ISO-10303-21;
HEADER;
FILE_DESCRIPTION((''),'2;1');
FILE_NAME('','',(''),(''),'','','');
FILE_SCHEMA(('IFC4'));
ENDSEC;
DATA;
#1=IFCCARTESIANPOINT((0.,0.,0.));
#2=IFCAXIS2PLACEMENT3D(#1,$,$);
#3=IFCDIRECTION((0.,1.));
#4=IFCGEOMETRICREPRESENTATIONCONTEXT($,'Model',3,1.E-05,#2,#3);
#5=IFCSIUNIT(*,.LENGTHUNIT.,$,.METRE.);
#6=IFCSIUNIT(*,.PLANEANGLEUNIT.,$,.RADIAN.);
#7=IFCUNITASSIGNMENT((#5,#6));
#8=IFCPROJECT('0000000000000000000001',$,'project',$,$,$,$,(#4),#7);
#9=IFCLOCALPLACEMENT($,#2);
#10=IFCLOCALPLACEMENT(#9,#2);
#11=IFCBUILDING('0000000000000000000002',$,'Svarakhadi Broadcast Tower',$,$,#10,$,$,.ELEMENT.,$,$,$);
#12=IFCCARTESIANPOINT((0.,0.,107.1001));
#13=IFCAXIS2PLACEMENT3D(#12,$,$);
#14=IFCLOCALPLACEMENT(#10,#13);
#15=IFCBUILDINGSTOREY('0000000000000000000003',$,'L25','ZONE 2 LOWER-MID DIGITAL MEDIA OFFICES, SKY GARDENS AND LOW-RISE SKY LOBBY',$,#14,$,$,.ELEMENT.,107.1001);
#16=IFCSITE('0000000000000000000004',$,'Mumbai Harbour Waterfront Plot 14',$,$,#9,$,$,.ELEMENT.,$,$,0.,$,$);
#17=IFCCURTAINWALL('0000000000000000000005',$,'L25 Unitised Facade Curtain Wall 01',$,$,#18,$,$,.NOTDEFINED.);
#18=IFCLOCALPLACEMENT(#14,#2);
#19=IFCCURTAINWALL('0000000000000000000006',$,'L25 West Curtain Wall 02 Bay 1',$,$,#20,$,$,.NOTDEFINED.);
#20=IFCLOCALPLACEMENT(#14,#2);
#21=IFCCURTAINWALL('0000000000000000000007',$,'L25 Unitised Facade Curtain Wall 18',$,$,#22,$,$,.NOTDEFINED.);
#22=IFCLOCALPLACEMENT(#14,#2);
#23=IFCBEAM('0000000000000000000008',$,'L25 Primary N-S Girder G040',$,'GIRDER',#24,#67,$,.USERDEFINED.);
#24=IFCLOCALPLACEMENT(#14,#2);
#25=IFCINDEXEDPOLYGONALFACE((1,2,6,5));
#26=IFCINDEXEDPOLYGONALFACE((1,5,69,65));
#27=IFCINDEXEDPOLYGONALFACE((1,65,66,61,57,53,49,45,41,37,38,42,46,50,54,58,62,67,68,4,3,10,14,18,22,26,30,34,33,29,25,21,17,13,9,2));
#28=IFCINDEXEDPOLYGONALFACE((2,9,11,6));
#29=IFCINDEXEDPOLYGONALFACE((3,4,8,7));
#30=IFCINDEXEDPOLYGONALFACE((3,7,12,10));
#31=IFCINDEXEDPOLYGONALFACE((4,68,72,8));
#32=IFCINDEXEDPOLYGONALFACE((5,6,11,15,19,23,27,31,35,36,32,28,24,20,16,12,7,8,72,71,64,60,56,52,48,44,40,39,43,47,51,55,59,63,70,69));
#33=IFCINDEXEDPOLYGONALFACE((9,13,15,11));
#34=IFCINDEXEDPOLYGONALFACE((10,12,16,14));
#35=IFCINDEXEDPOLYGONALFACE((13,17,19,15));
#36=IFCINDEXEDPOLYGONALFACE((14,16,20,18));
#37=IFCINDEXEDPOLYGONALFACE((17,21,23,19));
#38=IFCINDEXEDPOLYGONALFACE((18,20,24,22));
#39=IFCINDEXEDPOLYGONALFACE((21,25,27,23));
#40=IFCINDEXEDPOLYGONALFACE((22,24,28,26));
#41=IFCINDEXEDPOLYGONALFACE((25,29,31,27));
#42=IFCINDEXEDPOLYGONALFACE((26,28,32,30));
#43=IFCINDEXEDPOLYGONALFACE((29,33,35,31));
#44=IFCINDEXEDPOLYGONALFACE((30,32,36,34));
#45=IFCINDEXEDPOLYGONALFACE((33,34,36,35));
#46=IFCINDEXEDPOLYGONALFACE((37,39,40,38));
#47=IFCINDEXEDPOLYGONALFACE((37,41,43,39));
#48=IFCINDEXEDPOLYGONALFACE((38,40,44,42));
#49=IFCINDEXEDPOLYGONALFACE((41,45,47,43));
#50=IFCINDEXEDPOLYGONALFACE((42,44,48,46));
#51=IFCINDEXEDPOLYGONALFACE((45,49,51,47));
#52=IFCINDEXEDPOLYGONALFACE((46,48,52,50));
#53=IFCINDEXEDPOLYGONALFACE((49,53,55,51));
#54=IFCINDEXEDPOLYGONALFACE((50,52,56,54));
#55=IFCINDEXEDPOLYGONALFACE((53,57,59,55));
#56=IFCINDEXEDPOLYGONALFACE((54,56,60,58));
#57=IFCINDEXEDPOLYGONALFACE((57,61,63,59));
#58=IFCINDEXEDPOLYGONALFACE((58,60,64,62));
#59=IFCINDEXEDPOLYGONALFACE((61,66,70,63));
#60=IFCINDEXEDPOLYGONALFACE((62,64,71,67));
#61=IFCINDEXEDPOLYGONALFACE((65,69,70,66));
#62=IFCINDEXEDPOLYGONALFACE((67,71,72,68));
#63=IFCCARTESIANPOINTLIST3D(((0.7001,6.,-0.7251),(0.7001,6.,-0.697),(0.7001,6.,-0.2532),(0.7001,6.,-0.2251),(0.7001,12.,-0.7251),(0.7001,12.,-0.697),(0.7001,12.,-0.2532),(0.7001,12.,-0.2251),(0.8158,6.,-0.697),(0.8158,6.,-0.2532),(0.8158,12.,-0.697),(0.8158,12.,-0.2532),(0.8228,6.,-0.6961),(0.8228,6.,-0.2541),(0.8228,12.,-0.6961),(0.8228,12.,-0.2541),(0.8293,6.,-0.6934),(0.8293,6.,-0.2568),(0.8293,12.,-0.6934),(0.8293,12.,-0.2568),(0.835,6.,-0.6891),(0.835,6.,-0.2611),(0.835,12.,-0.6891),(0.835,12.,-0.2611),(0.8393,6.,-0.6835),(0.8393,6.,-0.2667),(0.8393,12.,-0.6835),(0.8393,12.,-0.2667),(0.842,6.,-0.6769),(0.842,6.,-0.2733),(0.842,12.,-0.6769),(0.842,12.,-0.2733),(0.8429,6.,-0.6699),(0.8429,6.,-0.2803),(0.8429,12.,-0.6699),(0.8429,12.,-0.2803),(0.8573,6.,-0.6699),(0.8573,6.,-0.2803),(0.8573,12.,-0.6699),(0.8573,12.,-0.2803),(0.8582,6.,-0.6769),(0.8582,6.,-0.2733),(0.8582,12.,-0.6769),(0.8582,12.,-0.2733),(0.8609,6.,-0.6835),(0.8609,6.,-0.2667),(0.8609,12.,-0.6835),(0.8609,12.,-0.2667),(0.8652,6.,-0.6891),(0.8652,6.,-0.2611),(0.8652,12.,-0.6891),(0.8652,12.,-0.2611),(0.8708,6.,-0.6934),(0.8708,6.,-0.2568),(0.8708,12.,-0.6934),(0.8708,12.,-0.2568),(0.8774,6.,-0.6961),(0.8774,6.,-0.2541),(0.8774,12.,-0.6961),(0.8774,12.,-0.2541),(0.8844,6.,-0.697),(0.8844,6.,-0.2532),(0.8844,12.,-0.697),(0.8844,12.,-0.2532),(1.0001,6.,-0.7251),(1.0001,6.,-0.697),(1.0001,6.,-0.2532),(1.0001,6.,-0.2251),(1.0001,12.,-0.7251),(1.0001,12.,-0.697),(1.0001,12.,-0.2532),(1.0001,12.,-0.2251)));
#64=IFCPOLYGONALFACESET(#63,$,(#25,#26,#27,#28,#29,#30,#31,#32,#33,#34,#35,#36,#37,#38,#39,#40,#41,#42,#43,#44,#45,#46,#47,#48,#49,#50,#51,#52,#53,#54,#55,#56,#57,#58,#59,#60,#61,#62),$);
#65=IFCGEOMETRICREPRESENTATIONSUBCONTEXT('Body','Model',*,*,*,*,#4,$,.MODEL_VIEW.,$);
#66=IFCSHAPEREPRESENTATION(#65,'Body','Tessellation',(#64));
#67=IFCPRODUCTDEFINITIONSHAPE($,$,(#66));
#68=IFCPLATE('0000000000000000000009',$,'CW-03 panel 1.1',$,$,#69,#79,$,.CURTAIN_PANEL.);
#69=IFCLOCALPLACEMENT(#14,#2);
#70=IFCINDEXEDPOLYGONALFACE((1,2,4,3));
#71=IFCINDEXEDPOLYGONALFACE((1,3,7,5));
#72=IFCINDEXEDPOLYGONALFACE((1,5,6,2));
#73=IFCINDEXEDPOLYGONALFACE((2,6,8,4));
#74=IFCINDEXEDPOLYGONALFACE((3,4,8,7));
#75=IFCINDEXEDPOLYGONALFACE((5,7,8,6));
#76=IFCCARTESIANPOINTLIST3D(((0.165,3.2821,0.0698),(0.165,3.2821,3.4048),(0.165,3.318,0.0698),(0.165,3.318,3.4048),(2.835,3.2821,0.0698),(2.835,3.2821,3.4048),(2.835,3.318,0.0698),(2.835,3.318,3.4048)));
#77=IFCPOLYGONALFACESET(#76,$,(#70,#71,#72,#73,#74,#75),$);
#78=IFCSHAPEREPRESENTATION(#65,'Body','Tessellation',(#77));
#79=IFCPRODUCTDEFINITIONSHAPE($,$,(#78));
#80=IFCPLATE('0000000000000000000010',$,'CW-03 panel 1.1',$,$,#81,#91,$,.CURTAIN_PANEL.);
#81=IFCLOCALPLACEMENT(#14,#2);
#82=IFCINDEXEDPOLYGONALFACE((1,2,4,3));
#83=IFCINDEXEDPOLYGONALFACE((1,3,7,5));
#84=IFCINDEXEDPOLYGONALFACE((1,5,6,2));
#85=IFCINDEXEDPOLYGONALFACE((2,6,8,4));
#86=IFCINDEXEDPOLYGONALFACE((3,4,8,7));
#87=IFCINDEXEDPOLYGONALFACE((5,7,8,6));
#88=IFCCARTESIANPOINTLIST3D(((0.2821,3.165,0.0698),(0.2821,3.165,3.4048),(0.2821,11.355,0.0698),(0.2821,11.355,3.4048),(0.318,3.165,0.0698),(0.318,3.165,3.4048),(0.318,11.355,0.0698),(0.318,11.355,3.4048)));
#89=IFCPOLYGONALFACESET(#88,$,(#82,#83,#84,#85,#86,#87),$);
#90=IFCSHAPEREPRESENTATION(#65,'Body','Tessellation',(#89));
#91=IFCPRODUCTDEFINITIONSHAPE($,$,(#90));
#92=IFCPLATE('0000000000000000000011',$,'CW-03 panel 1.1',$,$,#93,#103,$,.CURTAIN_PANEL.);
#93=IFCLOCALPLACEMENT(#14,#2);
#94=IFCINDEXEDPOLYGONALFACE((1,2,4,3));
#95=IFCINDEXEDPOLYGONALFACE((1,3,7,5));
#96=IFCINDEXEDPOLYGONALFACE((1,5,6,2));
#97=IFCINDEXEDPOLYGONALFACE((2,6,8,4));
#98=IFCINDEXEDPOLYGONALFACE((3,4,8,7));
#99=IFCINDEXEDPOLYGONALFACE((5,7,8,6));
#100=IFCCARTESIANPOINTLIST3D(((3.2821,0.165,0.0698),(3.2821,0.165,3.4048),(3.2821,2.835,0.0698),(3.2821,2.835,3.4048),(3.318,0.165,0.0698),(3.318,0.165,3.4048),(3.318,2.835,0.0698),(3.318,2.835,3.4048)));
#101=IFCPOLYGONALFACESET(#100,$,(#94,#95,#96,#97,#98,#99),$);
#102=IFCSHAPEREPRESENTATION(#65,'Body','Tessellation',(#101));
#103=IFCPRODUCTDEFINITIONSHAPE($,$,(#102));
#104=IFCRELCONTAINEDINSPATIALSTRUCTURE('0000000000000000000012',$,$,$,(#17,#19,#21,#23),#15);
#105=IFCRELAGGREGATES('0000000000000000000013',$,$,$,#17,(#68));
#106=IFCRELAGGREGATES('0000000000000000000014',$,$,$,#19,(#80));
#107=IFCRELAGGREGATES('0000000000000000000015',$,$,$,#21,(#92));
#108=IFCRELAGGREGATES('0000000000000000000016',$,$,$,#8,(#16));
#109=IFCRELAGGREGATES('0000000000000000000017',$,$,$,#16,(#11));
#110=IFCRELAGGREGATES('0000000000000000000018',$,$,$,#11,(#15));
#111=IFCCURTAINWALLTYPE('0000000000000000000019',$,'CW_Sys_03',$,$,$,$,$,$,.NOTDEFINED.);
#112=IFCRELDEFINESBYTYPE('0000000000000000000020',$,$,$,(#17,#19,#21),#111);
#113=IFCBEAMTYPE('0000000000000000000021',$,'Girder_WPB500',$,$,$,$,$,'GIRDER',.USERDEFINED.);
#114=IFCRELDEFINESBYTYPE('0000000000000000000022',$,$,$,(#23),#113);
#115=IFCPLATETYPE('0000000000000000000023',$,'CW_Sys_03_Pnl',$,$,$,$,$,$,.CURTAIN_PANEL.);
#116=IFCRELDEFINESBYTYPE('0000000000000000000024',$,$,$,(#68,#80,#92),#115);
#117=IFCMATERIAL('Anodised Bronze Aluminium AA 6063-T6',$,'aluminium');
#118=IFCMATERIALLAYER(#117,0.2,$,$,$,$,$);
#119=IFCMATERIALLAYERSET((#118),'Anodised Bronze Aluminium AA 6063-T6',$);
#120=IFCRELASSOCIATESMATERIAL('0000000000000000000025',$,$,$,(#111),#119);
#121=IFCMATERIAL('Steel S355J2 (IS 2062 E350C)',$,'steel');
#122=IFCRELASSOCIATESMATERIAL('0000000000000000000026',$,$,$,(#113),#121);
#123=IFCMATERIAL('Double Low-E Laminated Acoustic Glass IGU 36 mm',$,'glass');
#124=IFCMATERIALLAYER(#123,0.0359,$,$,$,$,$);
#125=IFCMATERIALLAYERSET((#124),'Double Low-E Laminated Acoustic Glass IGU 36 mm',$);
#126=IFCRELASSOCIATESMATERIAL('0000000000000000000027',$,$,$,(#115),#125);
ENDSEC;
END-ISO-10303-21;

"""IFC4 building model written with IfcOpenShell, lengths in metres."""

from ifc_helpers import new_model, si_unit, direction, frame, origin, origin_2d, place, context, subcontext, project, spatial, rectangle, i_section, extrude, material, layer, layer_set, material_profile, profile_set, type_object, element, aggregate, save


model = new_model("IFC4")

# Units and contexts
model_context = context("Model", 3, precision=1e-05, world=origin(), true_north=direction((0.0, 1.0)))
body_context = subcontext(model_context, "Body", "Model", "MODEL_VIEW")
ifc_project = project(units=[si_unit("LENGTHUNIT", "METRE"), si_unit("PLANEANGLEUNIT", "RADIAN")], contexts=[model_context])

# Site, building, storey
site_placement = place(None, origin())
site = spatial("IfcSite", under=ifc_project, at=site_placement, Name="Mumbai Harbour Waterfront Plot 14", CompositionType="ELEMENT", RefElevation=0.0)
building_placement = place(site_placement, origin())
building = spatial("IfcBuilding", under=site, at=building_placement, Name="Svarakhadi Broadcast Tower", CompositionType="ELEMENT")
storey_placement = place(building_placement, frame((0.0, 0.0, 107.1001)))
storey = spatial("IfcBuildingStorey", under=building, at=storey_placement, Name="L25", Description="ZONE 2 LOWER-MID DIGITAL MEDIA OFFICES, SKY GARDENS AND LOW-RISE SKY LOBBY", CompositionType="ELEMENT", Elevation=107.1001)

# Curtain wall
ifc_material_1 = material(Name="Anodised Bronze Aluminium AA 6063-T6", Category="aluminium")
ifc_layer_1 = layer(ifc_material_1, 0.2)
ifc_layer_set_1 = layer_set([ifc_layer_1], Name="Anodised Bronze Aluminium AA 6063-T6")
curtain_wall_type = type_object("IfcCurtainWallType", Name="CW_Sys_03", PredefinedType="NOTDEFINED", material=ifc_layer_set_1)
curtain_wall_1_placement = place(storey_placement, origin())
curtain_wall_1 = element("IfcCurtainWall", 1, at=curtain_wall_1_placement, inside=storey, type_object=curtain_wall_type, Name="L25 Unitised Facade Curtain Wall 01", PredefinedType="NOTDEFINED")

# Curtain wall
curtain_wall_2_placement = place(storey_placement, origin())
curtain_wall_2 = element("IfcCurtainWall", 2, at=curtain_wall_2_placement, inside=storey, type_object=curtain_wall_type, Name="L25 West Curtain Wall 02 Bay 1", PredefinedType="NOTDEFINED")

# Curtain wall
curtain_wall_3_placement = place(storey_placement, origin())
curtain_wall_3 = element("IfcCurtainWall", 3, at=curtain_wall_3_placement, inside=storey, type_object=curtain_wall_type, Name="L25 Unitised Facade Curtain Wall 18", PredefinedType="NOTDEFINED")

# Beam
ifc_material_2 = material(Name="Steel S355J2 (IS 2062 E350C)", Category="steel")
ifc_material_profile_1 = material_profile(ifc_material_2, i_section(OverallWidth=0.3, OverallDepth=0.5, WebThickness=0.0144, FlangeThickness=0.0281, FilletRadius=0.0271, at=origin_2d()), Name="WPB 500x300x187")
ifc_profile_set_1 = profile_set([ifc_material_profile_1], Name="Steel S355J2 (IS 2062 E350C)")
beam_type = type_object("IfcBeamType", Name="Girder_WPB500", ElementType="GIRDER", PredefinedType="USERDEFINED", material=ifc_profile_set_1)
beam_1_placement = place(storey_placement, frame((0.8501, 6.0, -0.4751), z_axis=(0.0, 1.0, 0.0), x_axis=(-1.0, 0.0, 0.0)))
element("IfcBeam", 4, at=beam_1_placement, inside=storey, type_object=beam_type, Name="L25 Primary N-S Girder G040", ObjectType="GIRDER", PredefinedType="USERDEFINED", context=body_context, shape_type="SweptSolid", body=[
    extrude(i_section(OverallWidth=0.3, OverallDepth=0.5, WebThickness=0.0144, FlangeThickness=0.0281, FilletRadius=0.0271, at=origin_2d()), origin(), (0.0, 0.0, 1.0), 6.0),
])

# Plates
ifc_material_3 = material(Name="Double Low-E Laminated Acoustic Glass IGU 36 mm", Category="glass")
ifc_layer_2 = layer(ifc_material_3, 0.0359)
ifc_layer_set_2 = layer_set([ifc_layer_2], Name="Double Low-E Laminated Acoustic Glass IGU 36 mm")
plate_type = type_object("IfcPlateType", Name="CW_Sys_03_Pnl", PredefinedType="CURTAIN_PANEL", material=ifc_layer_set_2)
plate_1_placement = place(storey_placement, frame((1.5, 3.3, 0.0698), z_axis=(0.0, 0.0, 1.0), x_axis=(-1.0, 0.0, 0.0)))
plate_1 = element("IfcPlate", 5, at=plate_1_placement, type_object=plate_type, Name="CW-03 panel 1.1", PredefinedType="CURTAIN_PANEL", context=body_context, shape_type="SweptSolid", body=[
    extrude(rectangle(XDim=2.6699, YDim=0.0359, at=origin_2d()), origin(), (0.0, 0.0, 1.0), 3.335),
])
aggregate(curtain_wall_1, [plate_1])
plate_2_placement = place(storey_placement, frame((0.3, 7.26, 0.0698), z_axis=(0.0, 0.0, 1.0), x_axis=(0.0, 1.0, 0.0)))
plate_2 = element("IfcPlate", 6, at=plate_2_placement, type_object=plate_type, Name="CW-03 panel 1.1", PredefinedType="CURTAIN_PANEL", context=body_context, shape_type="SweptSolid", body=[
    extrude(rectangle(XDim=8.1899, YDim=0.0359, at=origin_2d()), origin(), (0.0, 0.0, 1.0), 3.335),
])
aggregate(curtain_wall_2, [plate_2])
plate_3_placement = place(storey_placement, frame((3.3, 1.5, 0.0698), z_axis=(0.0, 0.0, 1.0), x_axis=(0.0, 1.0, 0.0)))
plate_3 = element("IfcPlate", 7, at=plate_3_placement, type_object=plate_type, Name="CW-03 panel 1.1", PredefinedType="CURTAIN_PANEL", context=body_context, shape_type="SweptSolid", body=[
    extrude(rectangle(XDim=2.6699, YDim=0.0359, at=origin_2d()), origin(), (0.0, 0.0, 1.0), 3.335),
])
aggregate(curtain_wall_3, [plate_3])

save(model, "model.ifc")
